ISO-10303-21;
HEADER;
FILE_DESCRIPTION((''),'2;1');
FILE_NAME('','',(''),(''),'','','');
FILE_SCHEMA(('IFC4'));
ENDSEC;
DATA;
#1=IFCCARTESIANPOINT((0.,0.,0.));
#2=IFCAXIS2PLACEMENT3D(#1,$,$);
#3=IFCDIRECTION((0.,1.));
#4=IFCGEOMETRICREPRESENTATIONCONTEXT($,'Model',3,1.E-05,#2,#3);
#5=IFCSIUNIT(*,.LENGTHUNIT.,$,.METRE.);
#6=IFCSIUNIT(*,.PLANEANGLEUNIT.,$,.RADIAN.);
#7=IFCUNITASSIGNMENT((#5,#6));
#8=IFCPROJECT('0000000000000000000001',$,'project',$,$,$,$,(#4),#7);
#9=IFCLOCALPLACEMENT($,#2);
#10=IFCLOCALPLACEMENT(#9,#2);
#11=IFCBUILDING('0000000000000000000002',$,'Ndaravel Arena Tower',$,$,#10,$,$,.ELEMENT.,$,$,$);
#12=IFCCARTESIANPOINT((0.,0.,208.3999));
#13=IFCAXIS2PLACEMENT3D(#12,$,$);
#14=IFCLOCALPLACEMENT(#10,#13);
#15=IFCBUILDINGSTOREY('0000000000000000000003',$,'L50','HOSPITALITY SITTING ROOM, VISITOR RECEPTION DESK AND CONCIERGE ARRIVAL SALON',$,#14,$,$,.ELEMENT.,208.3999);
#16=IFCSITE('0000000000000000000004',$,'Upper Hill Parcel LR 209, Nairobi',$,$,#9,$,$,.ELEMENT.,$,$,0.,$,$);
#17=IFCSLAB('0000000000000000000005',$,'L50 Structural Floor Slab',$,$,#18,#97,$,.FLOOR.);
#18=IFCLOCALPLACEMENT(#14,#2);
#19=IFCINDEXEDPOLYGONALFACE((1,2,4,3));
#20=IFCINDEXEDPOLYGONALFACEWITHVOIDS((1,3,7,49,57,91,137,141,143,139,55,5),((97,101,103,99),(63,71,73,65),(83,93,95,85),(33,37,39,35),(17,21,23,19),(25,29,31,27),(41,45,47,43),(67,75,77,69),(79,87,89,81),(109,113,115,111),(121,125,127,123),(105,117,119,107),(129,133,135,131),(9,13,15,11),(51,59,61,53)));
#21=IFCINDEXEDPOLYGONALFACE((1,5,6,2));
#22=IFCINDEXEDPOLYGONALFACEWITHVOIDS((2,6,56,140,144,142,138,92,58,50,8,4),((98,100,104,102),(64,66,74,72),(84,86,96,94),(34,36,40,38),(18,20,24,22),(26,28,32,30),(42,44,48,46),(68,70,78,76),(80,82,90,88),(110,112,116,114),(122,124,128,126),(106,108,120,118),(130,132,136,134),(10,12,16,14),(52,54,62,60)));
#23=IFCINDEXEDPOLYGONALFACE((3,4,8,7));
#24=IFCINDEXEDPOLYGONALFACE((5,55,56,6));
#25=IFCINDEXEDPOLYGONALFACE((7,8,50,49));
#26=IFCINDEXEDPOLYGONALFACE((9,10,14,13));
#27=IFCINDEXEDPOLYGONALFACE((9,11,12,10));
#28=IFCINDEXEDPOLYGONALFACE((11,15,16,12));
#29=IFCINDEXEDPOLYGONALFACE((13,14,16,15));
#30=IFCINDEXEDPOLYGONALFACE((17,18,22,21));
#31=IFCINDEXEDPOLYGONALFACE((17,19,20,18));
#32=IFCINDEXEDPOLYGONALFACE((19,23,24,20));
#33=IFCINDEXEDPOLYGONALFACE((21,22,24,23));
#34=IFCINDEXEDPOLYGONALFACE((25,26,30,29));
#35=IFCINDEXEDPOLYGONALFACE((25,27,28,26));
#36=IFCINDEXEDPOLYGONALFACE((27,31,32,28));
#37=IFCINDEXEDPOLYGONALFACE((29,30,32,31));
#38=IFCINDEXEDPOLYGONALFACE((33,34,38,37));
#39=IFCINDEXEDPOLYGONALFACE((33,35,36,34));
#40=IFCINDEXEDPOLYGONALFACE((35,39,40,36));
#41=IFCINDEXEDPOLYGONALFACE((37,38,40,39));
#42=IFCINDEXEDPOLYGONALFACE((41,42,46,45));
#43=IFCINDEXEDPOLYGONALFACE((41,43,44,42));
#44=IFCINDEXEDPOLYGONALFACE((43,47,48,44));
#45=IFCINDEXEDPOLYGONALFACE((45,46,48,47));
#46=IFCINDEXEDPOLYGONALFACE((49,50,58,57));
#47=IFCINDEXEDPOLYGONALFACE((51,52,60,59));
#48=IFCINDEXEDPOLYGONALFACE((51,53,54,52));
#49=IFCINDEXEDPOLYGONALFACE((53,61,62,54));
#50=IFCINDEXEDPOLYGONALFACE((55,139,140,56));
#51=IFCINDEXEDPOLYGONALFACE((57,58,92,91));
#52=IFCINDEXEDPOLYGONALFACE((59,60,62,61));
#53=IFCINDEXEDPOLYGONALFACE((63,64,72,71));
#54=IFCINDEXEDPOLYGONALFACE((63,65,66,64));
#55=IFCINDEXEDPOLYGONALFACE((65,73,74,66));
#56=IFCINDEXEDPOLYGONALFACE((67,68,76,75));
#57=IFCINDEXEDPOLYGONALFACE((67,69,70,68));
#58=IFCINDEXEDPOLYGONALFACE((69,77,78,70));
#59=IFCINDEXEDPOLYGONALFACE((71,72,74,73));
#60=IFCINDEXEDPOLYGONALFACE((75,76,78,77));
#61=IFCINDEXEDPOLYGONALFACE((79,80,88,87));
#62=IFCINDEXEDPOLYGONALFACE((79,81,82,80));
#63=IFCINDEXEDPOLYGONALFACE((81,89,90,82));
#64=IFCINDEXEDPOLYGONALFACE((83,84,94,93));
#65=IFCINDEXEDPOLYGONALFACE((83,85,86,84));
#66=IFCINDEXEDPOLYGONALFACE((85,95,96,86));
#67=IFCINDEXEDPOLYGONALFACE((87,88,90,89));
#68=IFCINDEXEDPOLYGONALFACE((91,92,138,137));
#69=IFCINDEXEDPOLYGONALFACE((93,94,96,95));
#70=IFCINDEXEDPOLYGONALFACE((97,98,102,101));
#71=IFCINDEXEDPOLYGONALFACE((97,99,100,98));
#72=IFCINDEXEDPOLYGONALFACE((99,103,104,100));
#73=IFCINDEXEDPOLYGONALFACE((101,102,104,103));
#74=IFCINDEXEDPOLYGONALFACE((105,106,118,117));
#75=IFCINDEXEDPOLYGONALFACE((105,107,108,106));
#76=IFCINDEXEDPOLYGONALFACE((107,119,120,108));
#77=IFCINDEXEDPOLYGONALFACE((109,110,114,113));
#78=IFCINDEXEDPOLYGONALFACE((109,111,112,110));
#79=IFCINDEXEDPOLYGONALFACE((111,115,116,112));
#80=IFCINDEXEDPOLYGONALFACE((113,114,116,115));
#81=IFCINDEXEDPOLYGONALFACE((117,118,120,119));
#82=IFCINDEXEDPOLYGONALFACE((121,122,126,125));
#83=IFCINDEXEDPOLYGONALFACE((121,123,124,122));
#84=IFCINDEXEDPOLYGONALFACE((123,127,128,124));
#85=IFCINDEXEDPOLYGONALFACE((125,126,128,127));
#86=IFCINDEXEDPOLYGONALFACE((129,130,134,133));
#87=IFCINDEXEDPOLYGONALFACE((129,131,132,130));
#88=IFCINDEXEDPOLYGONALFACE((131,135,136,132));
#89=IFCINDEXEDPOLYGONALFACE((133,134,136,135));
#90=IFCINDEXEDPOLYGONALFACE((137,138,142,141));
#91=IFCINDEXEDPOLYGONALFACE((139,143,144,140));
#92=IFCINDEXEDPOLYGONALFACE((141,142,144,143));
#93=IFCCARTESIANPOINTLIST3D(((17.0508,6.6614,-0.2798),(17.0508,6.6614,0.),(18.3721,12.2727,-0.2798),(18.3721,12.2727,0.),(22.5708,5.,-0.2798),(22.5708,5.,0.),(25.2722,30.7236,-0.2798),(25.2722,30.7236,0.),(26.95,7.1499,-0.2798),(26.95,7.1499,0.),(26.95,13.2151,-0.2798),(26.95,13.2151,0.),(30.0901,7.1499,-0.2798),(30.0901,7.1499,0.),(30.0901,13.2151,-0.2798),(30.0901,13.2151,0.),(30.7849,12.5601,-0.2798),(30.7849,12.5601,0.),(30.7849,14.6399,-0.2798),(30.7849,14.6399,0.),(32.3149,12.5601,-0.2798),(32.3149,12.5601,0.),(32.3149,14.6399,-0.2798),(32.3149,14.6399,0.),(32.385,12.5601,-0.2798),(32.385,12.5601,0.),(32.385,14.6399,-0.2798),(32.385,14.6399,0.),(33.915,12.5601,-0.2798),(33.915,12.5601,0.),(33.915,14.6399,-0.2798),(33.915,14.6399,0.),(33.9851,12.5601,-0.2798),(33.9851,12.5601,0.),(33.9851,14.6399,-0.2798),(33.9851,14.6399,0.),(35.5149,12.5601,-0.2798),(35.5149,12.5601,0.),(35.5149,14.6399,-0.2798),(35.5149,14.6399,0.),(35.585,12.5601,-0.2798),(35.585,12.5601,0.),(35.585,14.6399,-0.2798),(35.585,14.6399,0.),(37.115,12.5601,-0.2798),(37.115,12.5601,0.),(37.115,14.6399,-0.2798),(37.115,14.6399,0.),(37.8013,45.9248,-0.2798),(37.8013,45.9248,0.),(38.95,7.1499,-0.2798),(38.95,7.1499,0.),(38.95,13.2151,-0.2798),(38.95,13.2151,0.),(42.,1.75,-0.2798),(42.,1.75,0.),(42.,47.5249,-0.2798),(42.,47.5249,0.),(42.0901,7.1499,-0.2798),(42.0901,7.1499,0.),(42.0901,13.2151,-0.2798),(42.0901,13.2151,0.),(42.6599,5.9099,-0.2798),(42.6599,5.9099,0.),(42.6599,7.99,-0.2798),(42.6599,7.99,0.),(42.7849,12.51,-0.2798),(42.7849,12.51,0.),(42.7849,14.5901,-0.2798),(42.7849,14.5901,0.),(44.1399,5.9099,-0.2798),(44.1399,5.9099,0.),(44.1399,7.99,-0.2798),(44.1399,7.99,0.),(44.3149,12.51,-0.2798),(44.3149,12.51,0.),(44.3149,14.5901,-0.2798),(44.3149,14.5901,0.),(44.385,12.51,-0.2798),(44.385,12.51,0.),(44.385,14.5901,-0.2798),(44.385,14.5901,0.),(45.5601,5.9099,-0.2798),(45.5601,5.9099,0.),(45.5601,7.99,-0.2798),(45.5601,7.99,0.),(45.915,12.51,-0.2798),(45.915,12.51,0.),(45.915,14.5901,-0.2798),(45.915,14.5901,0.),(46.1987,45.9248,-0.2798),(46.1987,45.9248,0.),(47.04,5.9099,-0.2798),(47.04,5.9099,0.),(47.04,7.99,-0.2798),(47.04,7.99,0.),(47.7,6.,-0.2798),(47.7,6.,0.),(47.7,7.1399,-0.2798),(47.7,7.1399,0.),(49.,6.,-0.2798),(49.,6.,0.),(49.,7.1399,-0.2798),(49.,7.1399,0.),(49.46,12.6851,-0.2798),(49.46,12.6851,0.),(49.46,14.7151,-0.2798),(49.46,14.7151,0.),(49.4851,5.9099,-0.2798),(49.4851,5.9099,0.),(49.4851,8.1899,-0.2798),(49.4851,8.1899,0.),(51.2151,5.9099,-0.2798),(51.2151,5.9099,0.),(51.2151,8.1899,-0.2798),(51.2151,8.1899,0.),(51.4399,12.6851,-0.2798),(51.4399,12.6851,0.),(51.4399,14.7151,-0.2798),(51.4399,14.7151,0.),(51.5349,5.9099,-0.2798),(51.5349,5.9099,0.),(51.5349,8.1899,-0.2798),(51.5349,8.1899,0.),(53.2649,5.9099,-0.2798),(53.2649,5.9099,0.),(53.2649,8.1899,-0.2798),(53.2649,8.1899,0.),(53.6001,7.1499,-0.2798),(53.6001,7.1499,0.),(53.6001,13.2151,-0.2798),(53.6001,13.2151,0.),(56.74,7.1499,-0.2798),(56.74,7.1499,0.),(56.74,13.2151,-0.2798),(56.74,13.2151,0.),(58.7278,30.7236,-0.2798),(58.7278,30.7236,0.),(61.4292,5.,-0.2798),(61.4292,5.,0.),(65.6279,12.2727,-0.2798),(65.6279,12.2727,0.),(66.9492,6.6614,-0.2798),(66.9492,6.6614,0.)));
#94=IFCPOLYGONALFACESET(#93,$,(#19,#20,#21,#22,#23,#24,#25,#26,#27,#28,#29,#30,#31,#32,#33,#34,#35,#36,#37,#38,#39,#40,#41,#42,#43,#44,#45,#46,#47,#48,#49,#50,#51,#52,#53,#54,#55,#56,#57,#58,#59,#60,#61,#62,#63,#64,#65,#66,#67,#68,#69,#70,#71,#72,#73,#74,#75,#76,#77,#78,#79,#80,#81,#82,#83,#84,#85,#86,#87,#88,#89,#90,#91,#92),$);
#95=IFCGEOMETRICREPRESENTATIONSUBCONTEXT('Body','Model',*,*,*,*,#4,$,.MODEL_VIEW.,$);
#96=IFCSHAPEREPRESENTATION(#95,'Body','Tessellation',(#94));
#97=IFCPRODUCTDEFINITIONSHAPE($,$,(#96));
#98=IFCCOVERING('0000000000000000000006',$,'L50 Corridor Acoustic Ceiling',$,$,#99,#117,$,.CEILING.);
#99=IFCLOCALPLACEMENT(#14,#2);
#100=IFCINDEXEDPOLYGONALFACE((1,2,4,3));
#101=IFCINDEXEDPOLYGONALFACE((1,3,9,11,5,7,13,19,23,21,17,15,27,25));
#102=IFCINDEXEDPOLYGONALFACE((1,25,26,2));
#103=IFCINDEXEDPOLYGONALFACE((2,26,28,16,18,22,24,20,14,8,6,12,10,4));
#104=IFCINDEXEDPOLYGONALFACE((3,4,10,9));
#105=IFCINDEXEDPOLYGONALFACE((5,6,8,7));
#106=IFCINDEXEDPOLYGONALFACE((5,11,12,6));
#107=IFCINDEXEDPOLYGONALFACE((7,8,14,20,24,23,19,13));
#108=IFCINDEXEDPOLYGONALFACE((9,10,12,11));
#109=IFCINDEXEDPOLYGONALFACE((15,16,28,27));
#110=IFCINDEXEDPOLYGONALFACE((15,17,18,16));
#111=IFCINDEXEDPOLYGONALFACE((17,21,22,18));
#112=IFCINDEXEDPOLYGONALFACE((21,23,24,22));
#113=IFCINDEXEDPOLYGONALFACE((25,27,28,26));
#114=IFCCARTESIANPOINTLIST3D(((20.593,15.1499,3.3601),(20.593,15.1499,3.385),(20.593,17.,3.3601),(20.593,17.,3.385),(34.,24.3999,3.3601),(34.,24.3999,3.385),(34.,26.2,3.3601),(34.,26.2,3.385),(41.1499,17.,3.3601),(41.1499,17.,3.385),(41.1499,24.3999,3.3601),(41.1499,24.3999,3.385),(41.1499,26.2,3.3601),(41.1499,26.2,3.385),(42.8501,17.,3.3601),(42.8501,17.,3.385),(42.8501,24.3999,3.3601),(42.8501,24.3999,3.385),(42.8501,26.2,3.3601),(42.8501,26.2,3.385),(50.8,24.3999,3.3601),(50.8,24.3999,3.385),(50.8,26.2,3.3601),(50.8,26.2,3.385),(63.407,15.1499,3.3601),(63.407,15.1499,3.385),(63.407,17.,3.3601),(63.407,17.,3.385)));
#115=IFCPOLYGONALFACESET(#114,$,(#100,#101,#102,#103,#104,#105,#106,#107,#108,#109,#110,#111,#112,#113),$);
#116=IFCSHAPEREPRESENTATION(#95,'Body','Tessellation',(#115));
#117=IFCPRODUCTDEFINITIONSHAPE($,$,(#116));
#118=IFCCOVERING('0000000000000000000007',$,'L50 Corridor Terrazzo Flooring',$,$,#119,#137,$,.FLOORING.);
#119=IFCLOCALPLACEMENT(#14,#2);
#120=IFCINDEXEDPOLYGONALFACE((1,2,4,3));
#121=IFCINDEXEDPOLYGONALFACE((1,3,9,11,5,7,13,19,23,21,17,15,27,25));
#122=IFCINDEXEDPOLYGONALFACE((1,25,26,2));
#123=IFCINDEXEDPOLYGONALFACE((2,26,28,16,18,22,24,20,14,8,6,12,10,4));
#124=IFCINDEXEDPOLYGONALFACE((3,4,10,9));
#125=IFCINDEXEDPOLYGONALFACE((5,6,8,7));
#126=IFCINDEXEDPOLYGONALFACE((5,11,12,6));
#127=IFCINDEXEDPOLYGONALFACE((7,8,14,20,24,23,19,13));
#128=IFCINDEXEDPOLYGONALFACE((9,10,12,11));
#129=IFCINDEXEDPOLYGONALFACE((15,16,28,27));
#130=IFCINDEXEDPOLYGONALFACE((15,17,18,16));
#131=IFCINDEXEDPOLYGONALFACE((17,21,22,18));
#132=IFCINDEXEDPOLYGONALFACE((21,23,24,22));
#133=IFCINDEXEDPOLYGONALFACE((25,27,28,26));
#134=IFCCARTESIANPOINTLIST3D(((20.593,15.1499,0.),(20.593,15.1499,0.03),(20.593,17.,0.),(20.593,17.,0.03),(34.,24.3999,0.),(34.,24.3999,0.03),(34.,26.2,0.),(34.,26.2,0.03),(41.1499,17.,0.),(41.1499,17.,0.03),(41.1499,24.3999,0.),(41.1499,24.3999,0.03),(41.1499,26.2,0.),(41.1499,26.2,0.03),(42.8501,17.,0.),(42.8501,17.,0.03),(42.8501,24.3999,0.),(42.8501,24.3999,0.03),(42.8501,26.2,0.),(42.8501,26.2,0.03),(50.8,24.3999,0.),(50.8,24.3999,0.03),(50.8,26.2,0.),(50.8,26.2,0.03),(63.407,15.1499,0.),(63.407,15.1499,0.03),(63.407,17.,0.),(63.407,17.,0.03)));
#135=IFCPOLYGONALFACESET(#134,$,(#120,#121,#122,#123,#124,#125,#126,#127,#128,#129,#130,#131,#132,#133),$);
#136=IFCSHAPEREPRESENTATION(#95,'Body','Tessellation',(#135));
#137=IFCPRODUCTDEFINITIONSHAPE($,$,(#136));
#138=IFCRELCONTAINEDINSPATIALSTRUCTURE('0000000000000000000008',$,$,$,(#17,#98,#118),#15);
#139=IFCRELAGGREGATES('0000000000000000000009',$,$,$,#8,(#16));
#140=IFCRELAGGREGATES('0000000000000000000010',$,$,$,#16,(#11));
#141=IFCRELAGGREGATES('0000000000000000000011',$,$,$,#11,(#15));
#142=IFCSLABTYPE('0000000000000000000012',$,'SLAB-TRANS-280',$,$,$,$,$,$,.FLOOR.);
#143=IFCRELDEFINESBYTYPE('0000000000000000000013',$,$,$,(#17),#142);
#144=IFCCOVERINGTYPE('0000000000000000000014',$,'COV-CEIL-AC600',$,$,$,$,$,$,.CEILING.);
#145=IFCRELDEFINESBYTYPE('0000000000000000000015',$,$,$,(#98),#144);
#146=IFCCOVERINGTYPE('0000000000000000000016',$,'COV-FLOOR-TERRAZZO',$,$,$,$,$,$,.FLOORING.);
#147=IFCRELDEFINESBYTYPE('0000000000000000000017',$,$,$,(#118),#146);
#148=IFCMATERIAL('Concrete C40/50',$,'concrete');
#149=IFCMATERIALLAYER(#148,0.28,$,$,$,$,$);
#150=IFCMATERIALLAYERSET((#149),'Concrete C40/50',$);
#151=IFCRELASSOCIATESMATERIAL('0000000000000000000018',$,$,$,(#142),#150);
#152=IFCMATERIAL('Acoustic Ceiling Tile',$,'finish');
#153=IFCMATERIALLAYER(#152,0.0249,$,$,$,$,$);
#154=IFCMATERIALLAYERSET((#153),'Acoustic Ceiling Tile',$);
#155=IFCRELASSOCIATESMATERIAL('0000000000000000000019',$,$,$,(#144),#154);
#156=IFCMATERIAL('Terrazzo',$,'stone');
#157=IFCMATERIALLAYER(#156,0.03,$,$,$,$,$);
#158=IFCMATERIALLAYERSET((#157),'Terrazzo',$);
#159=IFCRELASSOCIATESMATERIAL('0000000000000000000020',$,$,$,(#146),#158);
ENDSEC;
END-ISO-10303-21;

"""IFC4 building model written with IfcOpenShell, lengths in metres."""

from ifc_helpers import new_model, si_unit, direction, frame, origin, place, context, subcontext, project, spatial, polyline, outline, extrude, material, layer, layer_set, type_object, element, save


model = new_model("IFC4")

# Units and contexts
model_context = context("Model", 3, precision=1e-05, world=origin(), true_north=direction((0.0, 1.0)))
body_context = subcontext(model_context, "Body", "Model", "MODEL_VIEW")
ifc_project = project(units=[si_unit("LENGTHUNIT", "METRE"), si_unit("PLANEANGLEUNIT", "RADIAN")], contexts=[model_context])

# Site, building, storey
site_placement = place(None, origin())
site = spatial("IfcSite", under=ifc_project, at=site_placement, Name="Upper Hill Parcel LR 209, Nairobi", CompositionType="ELEMENT", RefElevation=0.0)
building_placement = place(site_placement, origin())
building = spatial("IfcBuilding", under=site, at=building_placement, Name="Ndaravel Arena Tower", CompositionType="ELEMENT")
storey_placement = place(building_placement, frame((0.0, 0.0, 208.3999)))
storey = spatial("IfcBuildingStorey", under=building, at=storey_placement, Name="L50", Description="HOSPITALITY SITTING ROOM, VISITOR RECEPTION DESK AND CONCIERGE ARRIVAL SALON", CompositionType="ELEMENT", Elevation=208.3999)

# Slab
ifc_material_1 = material(Name="Concrete C40/50", Category="concrete")
ifc_layer_1 = layer(ifc_material_1, 0.28)
ifc_layer_set_1 = layer_set([ifc_layer_1], Name="Concrete C40/50")
slab_type_1 = type_object("IfcSlabType", Name="SLAB-TRANS-280", PredefinedType="FLOOR", material=ifc_layer_set_1)
slab_1_placement = place(storey_placement, frame((0.0, 0.0, -0.2798)))
element("IfcSlab", 1, at=slab_1_placement, inside=storey, type_object=slab_type_1, Name="L50 Structural Floor Slab", PredefinedType="FLOOR", context=body_context, shape_type="SweptSolid", body=[
    extrude(outline(polyline([(18.3721, 12.2727), (17.0508, 6.6614), (22.5708, 5.0), (42.0, 1.75), (61.4292, 5.0), (66.9492, 6.6614), (65.6279, 12.2727), (58.7278, 30.7236), (46.1987, 45.9248), (42.0, 47.5249), (37.8013, 45.9248), (25.2722, 30.7236), (18.3721, 12.2727)]), holes=[polyline([(26.95, 13.2151), (26.95, 7.1499), (30.0901, 7.1499), (30.0901, 13.2151), (26.95, 13.2151)]), polyline([(38.95, 13.2151), (38.95, 7.1499), (42.0901, 7.1499), (42.0901, 13.2151), (38.95, 13.2151)]), polyline([(53.6001, 13.2151), (53.6001, 7.1499), (56.74, 7.1499), (56.74, 13.2151), (53.6001, 13.2151)]), polyline([(30.7849, 12.5601), (32.3149, 12.5601), (32.3149, 14.6399), (30.7849, 14.6399), (30.7849, 12.5601)]), polyline([(32.385, 12.5601), (33.915, 12.5601), (33.915, 14.6399), (32.385, 14.6399), (32.385, 12.5601)]), polyline([(33.9851, 12.5601), (35.5149, 12.5601), (35.5149, 14.6399), (33.9851, 14.6399), (33.9851, 12.5601)]), polyline([(35.585, 12.5601), (37.115, 12.5601), (37.115, 14.6399), (35.585, 14.6399), (35.585, 12.5601)]), polyline([(42.6599, 5.9099), (44.1399, 5.9099), (44.1399, 7.99), (42.6599, 7.99), (42.6599, 5.9099)]), polyline([(45.5601, 5.9099), (47.04, 5.9099), (47.04, 7.99), (45.5601, 7.99), (45.5601, 5.9099)]), polyline([(42.7849, 12.51), (44.3149, 12.51), (44.3149, 14.5901), (42.7849, 14.5901), (42.7849, 12.51)]), polyline([(44.385, 12.51), (45.915, 12.51), (45.915, 14.5901), (44.385, 14.5901), (44.385, 12.51)]), polyline([(49.4851, 5.9099), (51.2151, 5.9099), (51.2151, 8.1899), (49.4851, 8.1899), (49.4851, 5.9099)]), polyline([(51.5349, 5.9099), (53.2649, 5.9099), (53.2649, 8.1899), (51.5349, 8.1899), (51.5349, 5.9099)]), polyline([(49.46, 12.6851), (51.4399, 12.6851), (51.4399, 14.7151), (49.46, 14.7151), (49.46, 12.6851)]), polyline([(47.7, 6.0), (49.0, 6.0), (49.0, 7.1399), (47.7, 7.1399), (47.7, 6.0)])]), origin(), (0.0, 0.0, 1.0), 0.2798),
])

# Coverings
ifc_material_2 = material(Name="Acoustic Ceiling Tile", Category="finish")
ifc_layer_2 = layer(ifc_material_2, 0.0249)
ifc_layer_set_2 = layer_set([ifc_layer_2], Name="Acoustic Ceiling Tile")
covering_type_1 = type_object("IfcCoveringType", Name="COV-CEIL-AC600", PredefinedType="CEILING", material=ifc_layer_set_2)
covering_1_placement = place(storey_placement, frame((0.0, 0.0, 3.3601)))
element("IfcCovering", 2, at=covering_1_placement, inside=storey, type_object=covering_type_1, Name="L50 Corridor Acoustic Ceiling", PredefinedType="CEILING", context=body_context, shape_type="SweptSolid", body=[
    extrude(outline(polyline([(63.407, 17.0), (42.8501, 17.0), (42.8501, 24.3999), (50.8, 24.3999), (50.8, 26.2), (42.8501, 26.2), (41.1499, 26.2), (34.0, 26.2), (34.0, 24.3999), (41.1499, 24.3999), (41.1499, 17.0), (20.593, 17.0), (20.593, 15.1499), (63.407, 15.1499), (63.407, 17.0)])), origin(), (0.0, 0.0, 1.0), 0.0249),
])
ifc_material_3 = material(Name="Terrazzo", Category="stone")
ifc_layer_3 = layer(ifc_material_3, 0.03)
ifc_layer_set_3 = layer_set([ifc_layer_3], Name="Terrazzo")
covering_type_2 = type_object("IfcCoveringType", Name="COV-FLOOR-TERRAZZO", PredefinedType="FLOORING", material=ifc_layer_set_3)
covering_2_placement = place(storey_placement, origin())
element("IfcCovering", 3, at=covering_2_placement, inside=storey, type_object=covering_type_2, Name="L50 Corridor Terrazzo Flooring", PredefinedType="FLOORING", context=body_context, shape_type="SweptSolid", body=[
    extrude(outline(polyline([(63.407, 17.0), (42.8501, 17.0), (42.8501, 24.3999), (50.8, 24.3999), (50.8, 26.2), (42.8501, 26.2), (41.1499, 26.2), (34.0, 26.2), (34.0, 24.3999), (41.1499, 24.3999), (41.1499, 17.0), (20.593, 17.0), (20.593, 15.1499), (63.407, 15.1499), (63.407, 17.0)])), origin(), (0.0, 0.0, 1.0), 0.03),
])

save(model, "model.ifc")
